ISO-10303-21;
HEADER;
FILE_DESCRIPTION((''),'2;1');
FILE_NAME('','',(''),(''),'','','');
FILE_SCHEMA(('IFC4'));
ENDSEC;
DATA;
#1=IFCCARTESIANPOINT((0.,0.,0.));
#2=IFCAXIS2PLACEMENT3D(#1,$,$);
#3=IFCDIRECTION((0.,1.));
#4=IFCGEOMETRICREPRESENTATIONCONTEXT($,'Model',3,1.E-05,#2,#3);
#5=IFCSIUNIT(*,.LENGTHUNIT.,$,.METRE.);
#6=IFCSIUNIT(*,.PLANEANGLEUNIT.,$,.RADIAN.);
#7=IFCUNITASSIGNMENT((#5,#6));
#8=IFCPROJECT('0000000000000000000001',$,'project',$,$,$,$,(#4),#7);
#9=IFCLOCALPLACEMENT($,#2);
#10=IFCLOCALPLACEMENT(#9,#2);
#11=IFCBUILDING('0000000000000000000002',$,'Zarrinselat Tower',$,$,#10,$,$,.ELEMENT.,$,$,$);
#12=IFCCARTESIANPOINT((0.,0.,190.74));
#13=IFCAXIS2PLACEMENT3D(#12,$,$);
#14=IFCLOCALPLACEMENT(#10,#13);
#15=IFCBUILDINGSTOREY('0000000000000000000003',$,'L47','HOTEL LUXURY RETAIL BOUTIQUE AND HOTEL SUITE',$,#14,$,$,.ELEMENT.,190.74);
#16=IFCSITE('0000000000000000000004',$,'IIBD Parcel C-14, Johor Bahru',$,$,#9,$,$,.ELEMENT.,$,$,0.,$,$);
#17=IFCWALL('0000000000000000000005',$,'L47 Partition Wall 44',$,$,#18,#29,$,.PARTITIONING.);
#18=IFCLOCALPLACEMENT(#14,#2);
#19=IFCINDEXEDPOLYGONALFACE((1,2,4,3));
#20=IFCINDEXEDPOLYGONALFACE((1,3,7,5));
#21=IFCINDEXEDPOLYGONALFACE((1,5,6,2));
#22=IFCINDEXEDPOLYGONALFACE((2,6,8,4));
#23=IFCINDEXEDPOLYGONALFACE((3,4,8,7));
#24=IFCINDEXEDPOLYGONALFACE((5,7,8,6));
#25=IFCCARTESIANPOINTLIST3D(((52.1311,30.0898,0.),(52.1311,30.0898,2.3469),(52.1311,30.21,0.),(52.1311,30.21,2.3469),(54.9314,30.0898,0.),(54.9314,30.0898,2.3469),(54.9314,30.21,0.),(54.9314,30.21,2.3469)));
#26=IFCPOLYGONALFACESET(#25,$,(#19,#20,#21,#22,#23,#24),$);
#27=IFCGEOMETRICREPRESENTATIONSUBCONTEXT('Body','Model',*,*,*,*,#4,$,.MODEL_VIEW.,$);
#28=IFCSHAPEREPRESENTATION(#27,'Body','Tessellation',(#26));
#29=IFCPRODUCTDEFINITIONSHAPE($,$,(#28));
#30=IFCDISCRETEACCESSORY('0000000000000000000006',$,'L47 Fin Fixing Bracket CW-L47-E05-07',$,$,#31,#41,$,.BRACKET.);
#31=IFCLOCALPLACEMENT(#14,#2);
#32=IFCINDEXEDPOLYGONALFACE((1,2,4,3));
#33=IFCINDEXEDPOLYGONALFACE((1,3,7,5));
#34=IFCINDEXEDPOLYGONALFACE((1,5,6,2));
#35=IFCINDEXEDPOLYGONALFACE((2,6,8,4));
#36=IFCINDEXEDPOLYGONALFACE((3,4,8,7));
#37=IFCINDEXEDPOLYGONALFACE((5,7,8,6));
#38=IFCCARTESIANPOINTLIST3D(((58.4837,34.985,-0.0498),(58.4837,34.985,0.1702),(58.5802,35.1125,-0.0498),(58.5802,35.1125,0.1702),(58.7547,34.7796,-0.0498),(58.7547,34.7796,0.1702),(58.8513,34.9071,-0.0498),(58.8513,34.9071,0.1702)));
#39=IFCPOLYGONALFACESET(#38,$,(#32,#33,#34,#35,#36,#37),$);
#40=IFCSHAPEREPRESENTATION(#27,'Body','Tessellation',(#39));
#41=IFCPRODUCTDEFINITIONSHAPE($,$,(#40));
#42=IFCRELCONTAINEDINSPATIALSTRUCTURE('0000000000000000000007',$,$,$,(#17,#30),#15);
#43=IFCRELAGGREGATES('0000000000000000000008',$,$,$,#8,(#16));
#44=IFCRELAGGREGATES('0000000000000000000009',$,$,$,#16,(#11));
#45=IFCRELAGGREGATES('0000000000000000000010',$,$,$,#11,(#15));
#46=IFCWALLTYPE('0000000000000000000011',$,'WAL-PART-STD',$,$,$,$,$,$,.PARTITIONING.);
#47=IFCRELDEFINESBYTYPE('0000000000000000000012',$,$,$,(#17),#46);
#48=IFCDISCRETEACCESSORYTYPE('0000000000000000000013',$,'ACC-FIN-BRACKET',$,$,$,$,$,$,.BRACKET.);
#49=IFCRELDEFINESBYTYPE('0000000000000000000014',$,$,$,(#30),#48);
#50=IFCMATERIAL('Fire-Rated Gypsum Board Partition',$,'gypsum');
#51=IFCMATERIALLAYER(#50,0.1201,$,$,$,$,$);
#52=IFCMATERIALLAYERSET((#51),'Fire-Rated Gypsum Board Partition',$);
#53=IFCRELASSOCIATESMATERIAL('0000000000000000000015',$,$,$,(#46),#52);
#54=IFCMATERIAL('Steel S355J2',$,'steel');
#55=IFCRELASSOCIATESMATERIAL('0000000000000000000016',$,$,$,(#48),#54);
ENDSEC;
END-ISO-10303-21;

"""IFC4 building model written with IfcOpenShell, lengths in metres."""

from ifc_helpers import new_model, si_unit, direction, frame, frame_2d, origin, origin_2d, place, context, subcontext, project, spatial, rectangle, extrude, material, layer, layer_set, type_object, element, save


model = new_model("IFC4")

# Units and contexts
model_context = context("Model", 3, precision=1e-05, world=origin(), true_north=direction((0.0, 1.0)))
body_context = subcontext(model_context, "Body", "Model", "MODEL_VIEW")
ifc_project = project(units=[si_unit("LENGTHUNIT", "METRE"), si_unit("PLANEANGLEUNIT", "RADIAN")], contexts=[model_context])

# Site, building, storey
site_placement = place(None, origin())
site = spatial("IfcSite", under=ifc_project, at=site_placement, Name="IIBD Parcel C-14, Johor Bahru", CompositionType="ELEMENT", RefElevation=0.0)
building_placement = place(site_placement, origin())
building = spatial("IfcBuilding", under=site, at=building_placement, Name="Zarrinselat Tower", CompositionType="ELEMENT")
storey_placement = place(building_placement, frame((0.0, 0.0, 190.74)))
storey = spatial("IfcBuildingStorey", under=building, at=storey_placement, Name="L47", Description="HOTEL LUXURY RETAIL BOUTIQUE AND HOTEL SUITE", CompositionType="ELEMENT", Elevation=190.74)

# Wall
ifc_material_1 = material(Name="Fire-Rated Gypsum Board Partition", Category="gypsum")
ifc_layer_1 = layer(ifc_material_1, 0.1201)
ifc_layer_set_1 = layer_set([ifc_layer_1], Name="Fire-Rated Gypsum Board Partition")
wall_type_1 = type_object("IfcWallType", Name="WAL-PART-STD", PredefinedType="PARTITIONING", material=ifc_layer_set_1)
wall_1_placement = place(storey_placement, frame((52.1311, 30.1499, 0.0), z_axis=(0.0, 0.0, 1.0), x_axis=(1.0, 0.0, 0.0)))
element("IfcWall", 1, at=wall_1_placement, inside=storey, type_object=wall_type_1, Name="L47 Partition Wall 44", PredefinedType="PARTITIONING", context=body_context, shape_type="SweptSolid", body=[
    extrude(rectangle(XDim=2.8003, YDim=0.1201, at=frame_2d((1.4001, 0.0))), origin(), (0.0, 0.0, 1.0), 2.3469),
])

# Discrete accessory
ifc_material_2 = material(Name="Steel S355J2", Category="steel")
discrete_accessory_type = type_object("IfcDiscreteAccessoryType", Name="ACC-FIN-BRACKET", PredefinedType="BRACKET", material=ifc_material_2)
discrete_accessory_placement = place(storey_placement, frame((58.6675, 34.946, -0.0498), z_axis=(0.0, 0.0, 1.0), x_axis=(0.797093, -0.603857, 0.0)))
element("IfcDiscreteAccessory", 2, at=discrete_accessory_placement, inside=storey, type_object=discrete_accessory_type, Name="L47 Fin Fixing Bracket CW-L47-E05-07", PredefinedType="BRACKET", context=body_context, shape_type="SweptSolid", body=[
    extrude(rectangle(XDim=0.3401, YDim=0.1599, at=origin_2d()), origin(), (0.0, 0.0, 1.0), 0.22),
])

save(model, "model.ifc")
